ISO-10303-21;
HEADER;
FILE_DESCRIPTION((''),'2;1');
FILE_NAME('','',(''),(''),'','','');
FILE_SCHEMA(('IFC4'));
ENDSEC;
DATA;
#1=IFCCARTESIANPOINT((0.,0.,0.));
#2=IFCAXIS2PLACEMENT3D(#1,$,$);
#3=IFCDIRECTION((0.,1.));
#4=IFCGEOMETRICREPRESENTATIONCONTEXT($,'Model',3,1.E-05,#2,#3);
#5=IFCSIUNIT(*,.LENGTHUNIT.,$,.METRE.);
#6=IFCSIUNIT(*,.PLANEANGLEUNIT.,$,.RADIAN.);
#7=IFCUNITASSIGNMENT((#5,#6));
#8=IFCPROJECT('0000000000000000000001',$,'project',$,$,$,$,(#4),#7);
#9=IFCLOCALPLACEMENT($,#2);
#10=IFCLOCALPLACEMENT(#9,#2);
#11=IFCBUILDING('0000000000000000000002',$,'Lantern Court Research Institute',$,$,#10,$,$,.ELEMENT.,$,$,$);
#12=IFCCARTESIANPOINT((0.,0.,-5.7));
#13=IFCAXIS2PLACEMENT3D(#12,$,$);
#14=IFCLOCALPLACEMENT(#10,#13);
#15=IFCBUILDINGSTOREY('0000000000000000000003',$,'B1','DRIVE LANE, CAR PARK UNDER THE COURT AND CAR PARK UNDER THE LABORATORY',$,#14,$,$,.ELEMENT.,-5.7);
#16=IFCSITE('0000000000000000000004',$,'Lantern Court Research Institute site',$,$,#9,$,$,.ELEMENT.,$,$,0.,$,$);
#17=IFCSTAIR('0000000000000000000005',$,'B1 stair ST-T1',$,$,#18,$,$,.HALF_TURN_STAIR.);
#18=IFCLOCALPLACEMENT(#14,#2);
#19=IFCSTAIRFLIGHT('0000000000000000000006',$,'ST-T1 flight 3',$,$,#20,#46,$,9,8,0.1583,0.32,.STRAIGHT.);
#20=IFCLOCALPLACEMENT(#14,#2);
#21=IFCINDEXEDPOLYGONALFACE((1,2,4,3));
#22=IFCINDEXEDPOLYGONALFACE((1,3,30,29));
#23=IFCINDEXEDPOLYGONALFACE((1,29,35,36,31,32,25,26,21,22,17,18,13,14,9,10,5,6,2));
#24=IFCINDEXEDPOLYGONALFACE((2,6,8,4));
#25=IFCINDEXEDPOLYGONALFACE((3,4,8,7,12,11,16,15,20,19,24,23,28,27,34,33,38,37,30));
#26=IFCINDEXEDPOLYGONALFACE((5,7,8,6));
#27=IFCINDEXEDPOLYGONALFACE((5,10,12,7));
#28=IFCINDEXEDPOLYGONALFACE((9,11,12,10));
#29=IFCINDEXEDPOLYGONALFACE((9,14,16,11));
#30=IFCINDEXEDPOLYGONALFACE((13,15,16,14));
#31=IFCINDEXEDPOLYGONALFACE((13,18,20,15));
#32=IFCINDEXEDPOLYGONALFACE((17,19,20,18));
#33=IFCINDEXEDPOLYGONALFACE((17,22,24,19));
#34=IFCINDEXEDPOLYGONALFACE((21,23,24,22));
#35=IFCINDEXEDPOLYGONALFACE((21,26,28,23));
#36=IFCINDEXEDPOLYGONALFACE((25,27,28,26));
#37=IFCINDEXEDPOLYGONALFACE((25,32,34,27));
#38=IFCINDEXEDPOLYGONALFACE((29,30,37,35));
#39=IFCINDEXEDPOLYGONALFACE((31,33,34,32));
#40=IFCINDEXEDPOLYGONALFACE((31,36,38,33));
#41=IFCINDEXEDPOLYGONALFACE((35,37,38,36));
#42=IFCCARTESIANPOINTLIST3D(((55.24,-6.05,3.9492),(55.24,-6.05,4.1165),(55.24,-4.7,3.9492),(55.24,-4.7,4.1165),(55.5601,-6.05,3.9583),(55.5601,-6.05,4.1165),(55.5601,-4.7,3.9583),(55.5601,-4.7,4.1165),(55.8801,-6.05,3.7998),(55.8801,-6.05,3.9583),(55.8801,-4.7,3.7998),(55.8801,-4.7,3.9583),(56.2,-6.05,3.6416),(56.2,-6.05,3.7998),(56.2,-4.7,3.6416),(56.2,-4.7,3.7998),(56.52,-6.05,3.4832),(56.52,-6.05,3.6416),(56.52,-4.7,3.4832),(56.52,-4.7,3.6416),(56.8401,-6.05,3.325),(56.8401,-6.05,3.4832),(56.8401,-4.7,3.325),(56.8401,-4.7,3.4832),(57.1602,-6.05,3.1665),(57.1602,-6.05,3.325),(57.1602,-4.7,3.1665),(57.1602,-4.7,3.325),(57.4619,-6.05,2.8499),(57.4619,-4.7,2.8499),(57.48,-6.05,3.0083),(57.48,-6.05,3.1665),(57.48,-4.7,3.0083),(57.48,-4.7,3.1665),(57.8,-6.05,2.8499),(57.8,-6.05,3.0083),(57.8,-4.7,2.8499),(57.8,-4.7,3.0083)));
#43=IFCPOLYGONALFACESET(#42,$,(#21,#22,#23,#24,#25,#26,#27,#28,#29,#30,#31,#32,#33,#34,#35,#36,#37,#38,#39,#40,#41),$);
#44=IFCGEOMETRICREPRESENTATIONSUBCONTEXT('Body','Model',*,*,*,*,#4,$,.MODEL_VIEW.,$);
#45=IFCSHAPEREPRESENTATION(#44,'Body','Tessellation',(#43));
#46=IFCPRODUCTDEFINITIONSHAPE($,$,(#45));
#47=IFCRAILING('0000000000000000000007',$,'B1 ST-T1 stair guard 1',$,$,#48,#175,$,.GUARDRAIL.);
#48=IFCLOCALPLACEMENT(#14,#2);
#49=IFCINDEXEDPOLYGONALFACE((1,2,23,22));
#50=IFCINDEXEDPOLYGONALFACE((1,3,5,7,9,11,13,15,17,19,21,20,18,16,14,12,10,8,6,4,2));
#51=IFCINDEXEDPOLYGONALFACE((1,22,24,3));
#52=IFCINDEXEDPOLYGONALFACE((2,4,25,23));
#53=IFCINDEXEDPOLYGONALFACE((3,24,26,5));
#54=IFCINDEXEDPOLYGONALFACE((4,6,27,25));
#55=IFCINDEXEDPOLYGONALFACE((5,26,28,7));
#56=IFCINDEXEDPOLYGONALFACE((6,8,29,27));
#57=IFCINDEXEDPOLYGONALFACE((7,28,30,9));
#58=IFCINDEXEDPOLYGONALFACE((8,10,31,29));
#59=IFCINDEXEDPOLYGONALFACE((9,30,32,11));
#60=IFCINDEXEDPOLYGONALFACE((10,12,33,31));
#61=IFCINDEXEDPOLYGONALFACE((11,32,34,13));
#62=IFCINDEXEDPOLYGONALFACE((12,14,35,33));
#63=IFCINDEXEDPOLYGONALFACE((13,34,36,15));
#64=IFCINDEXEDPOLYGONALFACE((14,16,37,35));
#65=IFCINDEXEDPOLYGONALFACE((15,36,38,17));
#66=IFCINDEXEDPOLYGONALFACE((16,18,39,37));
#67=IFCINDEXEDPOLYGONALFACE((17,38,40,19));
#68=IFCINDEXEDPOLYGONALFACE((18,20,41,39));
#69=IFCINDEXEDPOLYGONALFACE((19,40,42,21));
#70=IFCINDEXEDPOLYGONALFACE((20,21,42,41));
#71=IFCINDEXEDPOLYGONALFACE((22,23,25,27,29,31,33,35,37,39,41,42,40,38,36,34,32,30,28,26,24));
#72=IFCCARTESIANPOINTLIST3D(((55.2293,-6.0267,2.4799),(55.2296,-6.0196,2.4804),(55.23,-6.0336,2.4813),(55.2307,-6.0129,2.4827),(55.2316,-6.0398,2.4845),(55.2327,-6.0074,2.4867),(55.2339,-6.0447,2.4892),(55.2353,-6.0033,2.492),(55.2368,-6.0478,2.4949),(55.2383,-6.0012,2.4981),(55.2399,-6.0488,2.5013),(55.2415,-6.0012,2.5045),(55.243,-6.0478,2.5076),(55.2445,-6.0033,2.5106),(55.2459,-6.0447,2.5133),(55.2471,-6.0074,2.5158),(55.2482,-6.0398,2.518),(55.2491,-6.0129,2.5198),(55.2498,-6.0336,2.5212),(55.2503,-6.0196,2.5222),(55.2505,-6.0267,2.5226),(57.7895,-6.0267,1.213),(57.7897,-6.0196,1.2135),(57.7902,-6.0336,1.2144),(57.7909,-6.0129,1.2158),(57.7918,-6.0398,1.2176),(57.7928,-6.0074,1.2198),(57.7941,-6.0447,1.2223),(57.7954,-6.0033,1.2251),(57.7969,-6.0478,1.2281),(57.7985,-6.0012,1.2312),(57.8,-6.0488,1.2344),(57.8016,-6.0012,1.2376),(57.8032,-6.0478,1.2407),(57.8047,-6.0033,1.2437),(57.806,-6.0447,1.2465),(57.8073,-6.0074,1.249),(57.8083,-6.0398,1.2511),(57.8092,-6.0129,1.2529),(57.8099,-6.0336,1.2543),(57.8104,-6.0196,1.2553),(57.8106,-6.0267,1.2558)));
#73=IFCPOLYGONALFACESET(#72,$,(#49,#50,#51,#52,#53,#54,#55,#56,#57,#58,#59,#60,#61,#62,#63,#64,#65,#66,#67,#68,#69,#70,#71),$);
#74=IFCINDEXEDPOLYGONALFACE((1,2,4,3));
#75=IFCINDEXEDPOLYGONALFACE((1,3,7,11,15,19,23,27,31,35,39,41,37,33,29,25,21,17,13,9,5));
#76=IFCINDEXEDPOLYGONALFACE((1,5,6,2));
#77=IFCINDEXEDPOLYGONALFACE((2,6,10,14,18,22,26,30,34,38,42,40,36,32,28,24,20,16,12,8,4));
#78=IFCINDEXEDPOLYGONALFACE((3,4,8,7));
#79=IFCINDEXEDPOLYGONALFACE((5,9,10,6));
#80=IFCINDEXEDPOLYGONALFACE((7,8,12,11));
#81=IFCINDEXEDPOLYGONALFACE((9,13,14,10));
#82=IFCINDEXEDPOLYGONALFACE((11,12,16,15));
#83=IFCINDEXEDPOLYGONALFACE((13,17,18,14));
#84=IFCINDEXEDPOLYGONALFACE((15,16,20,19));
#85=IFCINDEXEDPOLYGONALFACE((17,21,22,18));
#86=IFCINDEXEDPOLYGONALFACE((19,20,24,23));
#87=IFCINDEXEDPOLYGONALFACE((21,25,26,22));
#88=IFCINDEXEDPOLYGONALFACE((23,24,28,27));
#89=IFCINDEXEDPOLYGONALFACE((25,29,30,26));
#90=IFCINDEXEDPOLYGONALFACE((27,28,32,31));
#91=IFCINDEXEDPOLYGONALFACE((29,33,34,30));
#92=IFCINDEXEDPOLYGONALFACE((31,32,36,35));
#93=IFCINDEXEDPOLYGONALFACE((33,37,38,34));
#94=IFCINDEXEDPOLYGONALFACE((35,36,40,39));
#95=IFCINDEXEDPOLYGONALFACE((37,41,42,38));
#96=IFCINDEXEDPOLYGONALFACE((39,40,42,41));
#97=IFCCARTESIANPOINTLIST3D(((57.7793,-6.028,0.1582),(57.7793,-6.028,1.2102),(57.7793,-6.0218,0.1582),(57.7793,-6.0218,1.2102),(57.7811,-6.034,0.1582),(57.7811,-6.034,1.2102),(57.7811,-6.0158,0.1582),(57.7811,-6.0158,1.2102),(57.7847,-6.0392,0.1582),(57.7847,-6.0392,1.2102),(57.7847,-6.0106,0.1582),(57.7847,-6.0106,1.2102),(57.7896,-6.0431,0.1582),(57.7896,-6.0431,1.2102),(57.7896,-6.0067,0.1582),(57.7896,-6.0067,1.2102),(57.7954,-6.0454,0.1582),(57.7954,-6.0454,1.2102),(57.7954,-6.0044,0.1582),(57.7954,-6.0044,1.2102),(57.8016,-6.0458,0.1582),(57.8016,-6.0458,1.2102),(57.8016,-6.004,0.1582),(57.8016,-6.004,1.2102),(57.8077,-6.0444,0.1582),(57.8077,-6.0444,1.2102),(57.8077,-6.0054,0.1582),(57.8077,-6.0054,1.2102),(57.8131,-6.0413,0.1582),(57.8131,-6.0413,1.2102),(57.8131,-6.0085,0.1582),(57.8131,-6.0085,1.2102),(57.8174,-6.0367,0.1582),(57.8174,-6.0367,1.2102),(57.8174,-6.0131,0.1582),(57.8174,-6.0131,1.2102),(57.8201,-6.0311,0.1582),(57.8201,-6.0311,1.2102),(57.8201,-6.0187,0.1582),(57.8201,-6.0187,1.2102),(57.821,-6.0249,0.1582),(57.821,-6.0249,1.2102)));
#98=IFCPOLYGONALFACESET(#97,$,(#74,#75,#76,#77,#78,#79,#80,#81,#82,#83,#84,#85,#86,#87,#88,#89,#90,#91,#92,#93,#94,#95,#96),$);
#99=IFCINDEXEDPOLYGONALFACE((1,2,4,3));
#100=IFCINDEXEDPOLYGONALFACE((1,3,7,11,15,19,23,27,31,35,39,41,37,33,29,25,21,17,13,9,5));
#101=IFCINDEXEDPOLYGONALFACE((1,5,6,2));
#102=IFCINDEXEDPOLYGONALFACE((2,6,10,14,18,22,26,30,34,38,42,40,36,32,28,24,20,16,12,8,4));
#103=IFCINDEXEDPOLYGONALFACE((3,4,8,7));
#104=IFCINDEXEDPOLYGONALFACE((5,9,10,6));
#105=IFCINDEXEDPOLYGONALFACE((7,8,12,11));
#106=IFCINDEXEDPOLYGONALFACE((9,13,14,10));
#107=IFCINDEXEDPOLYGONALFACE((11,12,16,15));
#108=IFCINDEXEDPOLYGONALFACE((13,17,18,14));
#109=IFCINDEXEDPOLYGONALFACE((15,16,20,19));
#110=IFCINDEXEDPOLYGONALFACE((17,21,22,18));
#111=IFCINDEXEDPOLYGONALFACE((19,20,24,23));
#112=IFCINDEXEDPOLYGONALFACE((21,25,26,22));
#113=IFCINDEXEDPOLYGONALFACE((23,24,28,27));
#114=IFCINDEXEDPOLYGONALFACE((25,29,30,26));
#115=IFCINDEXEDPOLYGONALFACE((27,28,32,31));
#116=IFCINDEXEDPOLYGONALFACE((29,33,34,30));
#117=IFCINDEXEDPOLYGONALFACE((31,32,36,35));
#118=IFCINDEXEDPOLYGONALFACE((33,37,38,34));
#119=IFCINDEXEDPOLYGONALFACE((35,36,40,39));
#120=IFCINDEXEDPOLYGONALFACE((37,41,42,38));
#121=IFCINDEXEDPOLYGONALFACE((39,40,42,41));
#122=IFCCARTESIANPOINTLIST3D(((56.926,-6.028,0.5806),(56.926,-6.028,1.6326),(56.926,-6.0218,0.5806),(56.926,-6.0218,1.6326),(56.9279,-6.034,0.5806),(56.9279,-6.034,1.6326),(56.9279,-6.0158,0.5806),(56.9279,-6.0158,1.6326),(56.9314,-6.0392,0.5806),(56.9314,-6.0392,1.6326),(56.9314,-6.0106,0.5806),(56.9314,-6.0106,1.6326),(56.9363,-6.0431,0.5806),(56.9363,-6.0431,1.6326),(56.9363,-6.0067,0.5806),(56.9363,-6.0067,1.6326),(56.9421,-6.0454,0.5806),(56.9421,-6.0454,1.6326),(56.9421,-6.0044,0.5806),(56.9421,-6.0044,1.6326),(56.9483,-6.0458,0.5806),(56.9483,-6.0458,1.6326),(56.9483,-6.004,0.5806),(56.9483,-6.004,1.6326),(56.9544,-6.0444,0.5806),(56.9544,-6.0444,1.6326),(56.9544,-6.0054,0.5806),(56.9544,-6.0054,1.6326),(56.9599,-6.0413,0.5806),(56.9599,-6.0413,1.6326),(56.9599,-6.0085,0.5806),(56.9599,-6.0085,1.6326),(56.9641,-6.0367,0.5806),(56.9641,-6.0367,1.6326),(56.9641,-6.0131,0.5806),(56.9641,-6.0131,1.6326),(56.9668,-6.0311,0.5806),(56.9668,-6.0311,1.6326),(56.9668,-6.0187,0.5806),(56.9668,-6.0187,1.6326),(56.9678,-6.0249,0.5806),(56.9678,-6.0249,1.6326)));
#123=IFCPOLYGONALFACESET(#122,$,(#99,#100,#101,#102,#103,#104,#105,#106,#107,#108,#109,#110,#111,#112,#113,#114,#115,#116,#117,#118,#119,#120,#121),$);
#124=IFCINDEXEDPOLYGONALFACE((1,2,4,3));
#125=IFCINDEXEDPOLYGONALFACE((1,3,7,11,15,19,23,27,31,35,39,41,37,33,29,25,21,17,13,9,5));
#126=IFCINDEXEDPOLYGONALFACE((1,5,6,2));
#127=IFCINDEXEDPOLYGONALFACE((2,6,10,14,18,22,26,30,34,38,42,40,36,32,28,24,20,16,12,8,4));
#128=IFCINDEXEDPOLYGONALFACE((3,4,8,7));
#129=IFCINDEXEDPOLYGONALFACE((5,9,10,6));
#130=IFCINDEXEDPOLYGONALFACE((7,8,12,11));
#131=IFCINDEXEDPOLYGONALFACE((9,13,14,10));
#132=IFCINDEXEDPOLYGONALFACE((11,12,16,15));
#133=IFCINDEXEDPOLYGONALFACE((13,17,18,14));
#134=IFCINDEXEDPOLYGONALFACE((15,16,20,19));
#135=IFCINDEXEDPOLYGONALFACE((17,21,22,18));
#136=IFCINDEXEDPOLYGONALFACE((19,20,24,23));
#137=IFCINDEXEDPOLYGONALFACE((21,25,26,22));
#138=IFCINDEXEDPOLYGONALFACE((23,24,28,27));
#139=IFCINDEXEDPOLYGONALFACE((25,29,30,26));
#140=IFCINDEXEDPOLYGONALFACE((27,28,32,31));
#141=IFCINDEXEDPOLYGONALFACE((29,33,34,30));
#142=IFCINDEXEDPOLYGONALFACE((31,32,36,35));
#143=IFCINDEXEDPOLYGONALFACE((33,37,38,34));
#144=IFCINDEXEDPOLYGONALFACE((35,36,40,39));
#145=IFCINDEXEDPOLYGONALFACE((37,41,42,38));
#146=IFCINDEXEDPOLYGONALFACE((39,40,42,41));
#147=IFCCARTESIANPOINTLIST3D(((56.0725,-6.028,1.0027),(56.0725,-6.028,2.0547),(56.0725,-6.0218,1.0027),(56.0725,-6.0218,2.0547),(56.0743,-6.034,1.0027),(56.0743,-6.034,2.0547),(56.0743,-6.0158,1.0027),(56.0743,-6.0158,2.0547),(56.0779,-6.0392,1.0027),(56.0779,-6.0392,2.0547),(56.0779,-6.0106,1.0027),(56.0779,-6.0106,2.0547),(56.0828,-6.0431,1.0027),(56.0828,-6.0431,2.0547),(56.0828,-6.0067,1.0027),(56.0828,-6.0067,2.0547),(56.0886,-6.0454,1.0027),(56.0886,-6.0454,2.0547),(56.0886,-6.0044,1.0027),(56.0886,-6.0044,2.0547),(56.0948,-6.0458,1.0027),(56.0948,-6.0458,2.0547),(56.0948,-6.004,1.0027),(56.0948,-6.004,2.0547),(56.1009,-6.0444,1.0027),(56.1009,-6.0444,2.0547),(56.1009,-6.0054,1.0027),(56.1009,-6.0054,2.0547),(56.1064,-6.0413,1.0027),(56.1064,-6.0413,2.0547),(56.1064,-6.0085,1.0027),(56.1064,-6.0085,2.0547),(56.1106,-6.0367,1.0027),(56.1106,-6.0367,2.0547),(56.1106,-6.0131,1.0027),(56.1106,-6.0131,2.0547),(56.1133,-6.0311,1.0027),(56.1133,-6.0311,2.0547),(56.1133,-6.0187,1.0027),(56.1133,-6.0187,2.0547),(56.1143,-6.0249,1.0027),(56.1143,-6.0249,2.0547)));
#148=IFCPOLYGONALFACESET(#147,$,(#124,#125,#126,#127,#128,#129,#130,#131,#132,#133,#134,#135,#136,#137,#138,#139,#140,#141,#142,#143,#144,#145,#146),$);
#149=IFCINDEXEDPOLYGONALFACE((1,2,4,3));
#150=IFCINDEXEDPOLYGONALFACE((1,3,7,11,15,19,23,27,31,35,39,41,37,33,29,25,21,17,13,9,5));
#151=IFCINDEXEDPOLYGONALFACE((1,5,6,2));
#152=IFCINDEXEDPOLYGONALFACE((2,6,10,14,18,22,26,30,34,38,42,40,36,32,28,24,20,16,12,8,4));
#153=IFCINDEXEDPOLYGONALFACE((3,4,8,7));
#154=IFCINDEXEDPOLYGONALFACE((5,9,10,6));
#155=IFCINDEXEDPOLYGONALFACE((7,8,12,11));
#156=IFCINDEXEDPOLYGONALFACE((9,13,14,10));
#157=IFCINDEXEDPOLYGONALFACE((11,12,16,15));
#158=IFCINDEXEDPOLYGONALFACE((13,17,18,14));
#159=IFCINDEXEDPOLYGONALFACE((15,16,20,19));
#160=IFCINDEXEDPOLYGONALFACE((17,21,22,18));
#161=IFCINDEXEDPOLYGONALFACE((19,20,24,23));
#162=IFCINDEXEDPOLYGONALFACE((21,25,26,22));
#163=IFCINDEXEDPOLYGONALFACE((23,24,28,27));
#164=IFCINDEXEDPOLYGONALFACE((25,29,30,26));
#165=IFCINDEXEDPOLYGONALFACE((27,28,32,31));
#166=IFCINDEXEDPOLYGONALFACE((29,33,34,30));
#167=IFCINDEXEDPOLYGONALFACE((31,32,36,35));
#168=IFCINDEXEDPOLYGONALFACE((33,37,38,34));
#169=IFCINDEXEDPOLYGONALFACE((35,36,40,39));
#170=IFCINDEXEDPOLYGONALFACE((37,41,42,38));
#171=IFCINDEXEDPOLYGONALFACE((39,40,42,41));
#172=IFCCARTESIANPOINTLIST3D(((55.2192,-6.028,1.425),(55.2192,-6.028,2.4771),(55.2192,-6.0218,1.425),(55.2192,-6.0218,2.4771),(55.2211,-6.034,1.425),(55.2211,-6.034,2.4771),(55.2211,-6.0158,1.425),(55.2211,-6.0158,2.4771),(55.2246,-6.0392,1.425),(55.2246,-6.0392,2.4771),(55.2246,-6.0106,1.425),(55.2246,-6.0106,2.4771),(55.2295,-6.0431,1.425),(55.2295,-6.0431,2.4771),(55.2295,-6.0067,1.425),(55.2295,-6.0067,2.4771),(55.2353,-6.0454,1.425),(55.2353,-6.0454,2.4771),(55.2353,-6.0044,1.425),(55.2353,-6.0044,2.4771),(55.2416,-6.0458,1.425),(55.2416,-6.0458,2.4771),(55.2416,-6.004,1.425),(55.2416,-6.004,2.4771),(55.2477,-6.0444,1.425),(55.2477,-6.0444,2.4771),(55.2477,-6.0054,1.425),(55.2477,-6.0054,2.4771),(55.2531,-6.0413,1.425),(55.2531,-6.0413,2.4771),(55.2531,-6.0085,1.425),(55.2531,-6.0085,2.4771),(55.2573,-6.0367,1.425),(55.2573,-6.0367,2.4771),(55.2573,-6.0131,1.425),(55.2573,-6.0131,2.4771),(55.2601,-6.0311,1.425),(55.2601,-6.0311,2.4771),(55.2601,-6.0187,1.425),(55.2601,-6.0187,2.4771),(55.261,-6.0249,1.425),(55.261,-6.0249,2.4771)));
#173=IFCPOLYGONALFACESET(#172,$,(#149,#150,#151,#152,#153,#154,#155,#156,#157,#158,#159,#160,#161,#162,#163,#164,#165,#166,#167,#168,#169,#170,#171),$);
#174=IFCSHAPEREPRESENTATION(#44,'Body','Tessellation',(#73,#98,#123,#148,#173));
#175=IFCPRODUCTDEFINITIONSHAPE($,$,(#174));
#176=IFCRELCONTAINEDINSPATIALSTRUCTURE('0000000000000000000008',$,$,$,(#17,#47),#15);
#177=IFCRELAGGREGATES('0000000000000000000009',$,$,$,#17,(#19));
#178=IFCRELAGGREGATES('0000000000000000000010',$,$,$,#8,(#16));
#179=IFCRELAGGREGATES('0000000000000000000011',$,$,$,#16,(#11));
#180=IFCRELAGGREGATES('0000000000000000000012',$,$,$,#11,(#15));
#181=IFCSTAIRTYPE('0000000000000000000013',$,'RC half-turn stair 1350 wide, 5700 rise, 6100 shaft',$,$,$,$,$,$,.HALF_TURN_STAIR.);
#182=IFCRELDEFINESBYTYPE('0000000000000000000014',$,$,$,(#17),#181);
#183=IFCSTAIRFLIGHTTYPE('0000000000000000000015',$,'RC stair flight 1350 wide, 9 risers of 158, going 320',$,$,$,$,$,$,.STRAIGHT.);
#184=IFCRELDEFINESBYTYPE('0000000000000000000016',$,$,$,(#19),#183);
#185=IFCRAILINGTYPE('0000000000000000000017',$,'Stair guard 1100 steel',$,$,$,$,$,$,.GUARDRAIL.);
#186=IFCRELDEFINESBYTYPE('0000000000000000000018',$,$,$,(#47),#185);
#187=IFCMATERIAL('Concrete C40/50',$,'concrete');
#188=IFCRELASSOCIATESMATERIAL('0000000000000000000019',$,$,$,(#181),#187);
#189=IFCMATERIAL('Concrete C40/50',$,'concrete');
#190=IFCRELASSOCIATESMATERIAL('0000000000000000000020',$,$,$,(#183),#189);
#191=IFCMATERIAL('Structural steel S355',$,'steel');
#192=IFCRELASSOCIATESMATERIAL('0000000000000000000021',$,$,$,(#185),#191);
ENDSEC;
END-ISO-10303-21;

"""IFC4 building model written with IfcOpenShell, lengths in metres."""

from ifc_helpers import new_model, si_unit, direction, frame, origin, origin_2d, place, context, subcontext, project, spatial, polyline, circle, outline, extrude, material, type_object, element, aggregate, save


model = new_model("IFC4")

# Units and contexts
model_context = context("Model", 3, precision=1e-05, world=origin(), true_north=direction((0.0, 1.0)))
body_context = subcontext(model_context, "Body", "Model", "MODEL_VIEW")
ifc_project = project(units=[si_unit("LENGTHUNIT", "METRE"), si_unit("PLANEANGLEUNIT", "RADIAN")], contexts=[model_context])

# Site, building, storey
site_placement = place(None, origin())
site = spatial("IfcSite", under=ifc_project, at=site_placement, Name="Lantern Court Research Institute site", CompositionType="ELEMENT", RefElevation=0.0)
building_placement = place(site_placement, origin())
building = spatial("IfcBuilding", under=site, at=building_placement, Name="Lantern Court Research Institute", CompositionType="ELEMENT")
storey_placement = place(building_placement, frame((0.0, 0.0, -5.7)))
storey = spatial("IfcBuildingStorey", under=building, at=storey_placement, Name="B1", Description="DRIVE LANE, CAR PARK UNDER THE COURT AND CAR PARK UNDER THE LABORATORY", CompositionType="ELEMENT", Elevation=-5.7)

# Stair, stair flight
ifc_material_1 = material(Name="Concrete C40/50", Category="concrete")
stair_type = type_object("IfcStairType", Name="RC half-turn stair 1350 wide, 5700 rise, 6100 shaft", PredefinedType="HALF_TURN_STAIR", material=ifc_material_1)
stair_placement = place(storey_placement, origin())
stair = element("IfcStair", 1, at=stair_placement, inside=storey, type_object=stair_type, Name="B1 stair ST-T1", PredefinedType="HALF_TURN_STAIR")
ifc_material_2 = material(Name="Concrete C40/50", Category="concrete")
stair_flight_type = type_object("IfcStairFlightType", Name="RC stair flight 1350 wide, 9 risers of 158, going 320", PredefinedType="STRAIGHT", material=ifc_material_2)
stair_flight_1_placement = place(storey_placement, frame((57.8, -5.375, 2.8499), z_axis=(0.0, 0.0, 1.0), x_axis=(-1.0, 0.0, 0.0)))
stair_flight_1 = element("IfcStairFlight", 2, at=stair_flight_1_placement, type_object=stair_flight_type, Name="ST-T1 flight 3", NumberOfRisers=9, NumberOfTreads=8, PredefinedType="STRAIGHT", RiserHeight=0.1583, TreadLength=0.32, context=body_context, shape_type="SweptSolid", body=[
    extrude(outline(polyline([(0.0, 0.0), (0.0, 0.1584), (0.3201, 0.1584), (0.3201, 0.3167), (0.6399, 0.3167), (0.6399, 0.4751), (0.96, 0.4751), (0.96, 0.6333), (1.28, 0.6333), (1.28, 0.7917), (1.6001, 0.7917), (1.6001, 0.95), (1.9199, 0.95), (1.9199, 1.1084), (2.24, 1.1084), (2.24, 1.2666), (2.5601, 1.2666), (2.5601, 1.425), (2.5601, 1.0994), (0.3381, 0.0), (0.0, 0.0)])), frame((0.0, 0.675, 0.0), z_axis=(0.0, -1.0, 0.0), x_axis=(1.0, 0.0, 0.0)), (0.0, 0.0, 1.0), 1.3501),
])
aggregate(stair, [stair_flight_1])

# Railing
ifc_material_3 = material(Name="Structural steel S355", Category="steel")
railing_type_1 = type_object("IfcRailingType", Name="Stair guard 1100 steel", PredefinedType="GUARDRAIL", material=ifc_material_3)
railing_1_placement = place(storey_placement, frame((57.8, -6.0249, 0.1582)))
element("IfcRailing", 3, at=railing_1_placement, inside=storey, type_object=railing_type_1, Name="B1 ST-T1 stair guard 1", PredefinedType="GUARDRAIL", context=body_context, shape_type="SweptSolid", body=[
    extrude(circle(Radius=0.0239, at=origin_2d()), frame((0.0, 0.0, 1.0762), z_axis=(-0.896266, 0.0, 0.443517), x_axis=(0.0, -1.0, 0.0)), (0.0, 0.0, 1.0), 2.8564),
    extrude(circle(Radius=0.021, at=origin_2d()), origin(), (0.0, 0.0, 1.0), 1.052),
    extrude(circle(Radius=0.021, at=origin_2d()), frame((-0.8533, 0.0, 0.4224)), (0.0, 0.0, 1.0), 1.052),
    extrude(circle(Radius=0.021, at=origin_2d()), frame((-1.7068, 0.0, 0.8445)), (0.0, 0.0, 1.0), 1.052),
    extrude(circle(Radius=0.021, at=origin_2d()), frame((-2.5601, 0.0, 1.2668)), (0.0, 0.0, 1.0), 1.052),
])

save(model, "model.ifc")
